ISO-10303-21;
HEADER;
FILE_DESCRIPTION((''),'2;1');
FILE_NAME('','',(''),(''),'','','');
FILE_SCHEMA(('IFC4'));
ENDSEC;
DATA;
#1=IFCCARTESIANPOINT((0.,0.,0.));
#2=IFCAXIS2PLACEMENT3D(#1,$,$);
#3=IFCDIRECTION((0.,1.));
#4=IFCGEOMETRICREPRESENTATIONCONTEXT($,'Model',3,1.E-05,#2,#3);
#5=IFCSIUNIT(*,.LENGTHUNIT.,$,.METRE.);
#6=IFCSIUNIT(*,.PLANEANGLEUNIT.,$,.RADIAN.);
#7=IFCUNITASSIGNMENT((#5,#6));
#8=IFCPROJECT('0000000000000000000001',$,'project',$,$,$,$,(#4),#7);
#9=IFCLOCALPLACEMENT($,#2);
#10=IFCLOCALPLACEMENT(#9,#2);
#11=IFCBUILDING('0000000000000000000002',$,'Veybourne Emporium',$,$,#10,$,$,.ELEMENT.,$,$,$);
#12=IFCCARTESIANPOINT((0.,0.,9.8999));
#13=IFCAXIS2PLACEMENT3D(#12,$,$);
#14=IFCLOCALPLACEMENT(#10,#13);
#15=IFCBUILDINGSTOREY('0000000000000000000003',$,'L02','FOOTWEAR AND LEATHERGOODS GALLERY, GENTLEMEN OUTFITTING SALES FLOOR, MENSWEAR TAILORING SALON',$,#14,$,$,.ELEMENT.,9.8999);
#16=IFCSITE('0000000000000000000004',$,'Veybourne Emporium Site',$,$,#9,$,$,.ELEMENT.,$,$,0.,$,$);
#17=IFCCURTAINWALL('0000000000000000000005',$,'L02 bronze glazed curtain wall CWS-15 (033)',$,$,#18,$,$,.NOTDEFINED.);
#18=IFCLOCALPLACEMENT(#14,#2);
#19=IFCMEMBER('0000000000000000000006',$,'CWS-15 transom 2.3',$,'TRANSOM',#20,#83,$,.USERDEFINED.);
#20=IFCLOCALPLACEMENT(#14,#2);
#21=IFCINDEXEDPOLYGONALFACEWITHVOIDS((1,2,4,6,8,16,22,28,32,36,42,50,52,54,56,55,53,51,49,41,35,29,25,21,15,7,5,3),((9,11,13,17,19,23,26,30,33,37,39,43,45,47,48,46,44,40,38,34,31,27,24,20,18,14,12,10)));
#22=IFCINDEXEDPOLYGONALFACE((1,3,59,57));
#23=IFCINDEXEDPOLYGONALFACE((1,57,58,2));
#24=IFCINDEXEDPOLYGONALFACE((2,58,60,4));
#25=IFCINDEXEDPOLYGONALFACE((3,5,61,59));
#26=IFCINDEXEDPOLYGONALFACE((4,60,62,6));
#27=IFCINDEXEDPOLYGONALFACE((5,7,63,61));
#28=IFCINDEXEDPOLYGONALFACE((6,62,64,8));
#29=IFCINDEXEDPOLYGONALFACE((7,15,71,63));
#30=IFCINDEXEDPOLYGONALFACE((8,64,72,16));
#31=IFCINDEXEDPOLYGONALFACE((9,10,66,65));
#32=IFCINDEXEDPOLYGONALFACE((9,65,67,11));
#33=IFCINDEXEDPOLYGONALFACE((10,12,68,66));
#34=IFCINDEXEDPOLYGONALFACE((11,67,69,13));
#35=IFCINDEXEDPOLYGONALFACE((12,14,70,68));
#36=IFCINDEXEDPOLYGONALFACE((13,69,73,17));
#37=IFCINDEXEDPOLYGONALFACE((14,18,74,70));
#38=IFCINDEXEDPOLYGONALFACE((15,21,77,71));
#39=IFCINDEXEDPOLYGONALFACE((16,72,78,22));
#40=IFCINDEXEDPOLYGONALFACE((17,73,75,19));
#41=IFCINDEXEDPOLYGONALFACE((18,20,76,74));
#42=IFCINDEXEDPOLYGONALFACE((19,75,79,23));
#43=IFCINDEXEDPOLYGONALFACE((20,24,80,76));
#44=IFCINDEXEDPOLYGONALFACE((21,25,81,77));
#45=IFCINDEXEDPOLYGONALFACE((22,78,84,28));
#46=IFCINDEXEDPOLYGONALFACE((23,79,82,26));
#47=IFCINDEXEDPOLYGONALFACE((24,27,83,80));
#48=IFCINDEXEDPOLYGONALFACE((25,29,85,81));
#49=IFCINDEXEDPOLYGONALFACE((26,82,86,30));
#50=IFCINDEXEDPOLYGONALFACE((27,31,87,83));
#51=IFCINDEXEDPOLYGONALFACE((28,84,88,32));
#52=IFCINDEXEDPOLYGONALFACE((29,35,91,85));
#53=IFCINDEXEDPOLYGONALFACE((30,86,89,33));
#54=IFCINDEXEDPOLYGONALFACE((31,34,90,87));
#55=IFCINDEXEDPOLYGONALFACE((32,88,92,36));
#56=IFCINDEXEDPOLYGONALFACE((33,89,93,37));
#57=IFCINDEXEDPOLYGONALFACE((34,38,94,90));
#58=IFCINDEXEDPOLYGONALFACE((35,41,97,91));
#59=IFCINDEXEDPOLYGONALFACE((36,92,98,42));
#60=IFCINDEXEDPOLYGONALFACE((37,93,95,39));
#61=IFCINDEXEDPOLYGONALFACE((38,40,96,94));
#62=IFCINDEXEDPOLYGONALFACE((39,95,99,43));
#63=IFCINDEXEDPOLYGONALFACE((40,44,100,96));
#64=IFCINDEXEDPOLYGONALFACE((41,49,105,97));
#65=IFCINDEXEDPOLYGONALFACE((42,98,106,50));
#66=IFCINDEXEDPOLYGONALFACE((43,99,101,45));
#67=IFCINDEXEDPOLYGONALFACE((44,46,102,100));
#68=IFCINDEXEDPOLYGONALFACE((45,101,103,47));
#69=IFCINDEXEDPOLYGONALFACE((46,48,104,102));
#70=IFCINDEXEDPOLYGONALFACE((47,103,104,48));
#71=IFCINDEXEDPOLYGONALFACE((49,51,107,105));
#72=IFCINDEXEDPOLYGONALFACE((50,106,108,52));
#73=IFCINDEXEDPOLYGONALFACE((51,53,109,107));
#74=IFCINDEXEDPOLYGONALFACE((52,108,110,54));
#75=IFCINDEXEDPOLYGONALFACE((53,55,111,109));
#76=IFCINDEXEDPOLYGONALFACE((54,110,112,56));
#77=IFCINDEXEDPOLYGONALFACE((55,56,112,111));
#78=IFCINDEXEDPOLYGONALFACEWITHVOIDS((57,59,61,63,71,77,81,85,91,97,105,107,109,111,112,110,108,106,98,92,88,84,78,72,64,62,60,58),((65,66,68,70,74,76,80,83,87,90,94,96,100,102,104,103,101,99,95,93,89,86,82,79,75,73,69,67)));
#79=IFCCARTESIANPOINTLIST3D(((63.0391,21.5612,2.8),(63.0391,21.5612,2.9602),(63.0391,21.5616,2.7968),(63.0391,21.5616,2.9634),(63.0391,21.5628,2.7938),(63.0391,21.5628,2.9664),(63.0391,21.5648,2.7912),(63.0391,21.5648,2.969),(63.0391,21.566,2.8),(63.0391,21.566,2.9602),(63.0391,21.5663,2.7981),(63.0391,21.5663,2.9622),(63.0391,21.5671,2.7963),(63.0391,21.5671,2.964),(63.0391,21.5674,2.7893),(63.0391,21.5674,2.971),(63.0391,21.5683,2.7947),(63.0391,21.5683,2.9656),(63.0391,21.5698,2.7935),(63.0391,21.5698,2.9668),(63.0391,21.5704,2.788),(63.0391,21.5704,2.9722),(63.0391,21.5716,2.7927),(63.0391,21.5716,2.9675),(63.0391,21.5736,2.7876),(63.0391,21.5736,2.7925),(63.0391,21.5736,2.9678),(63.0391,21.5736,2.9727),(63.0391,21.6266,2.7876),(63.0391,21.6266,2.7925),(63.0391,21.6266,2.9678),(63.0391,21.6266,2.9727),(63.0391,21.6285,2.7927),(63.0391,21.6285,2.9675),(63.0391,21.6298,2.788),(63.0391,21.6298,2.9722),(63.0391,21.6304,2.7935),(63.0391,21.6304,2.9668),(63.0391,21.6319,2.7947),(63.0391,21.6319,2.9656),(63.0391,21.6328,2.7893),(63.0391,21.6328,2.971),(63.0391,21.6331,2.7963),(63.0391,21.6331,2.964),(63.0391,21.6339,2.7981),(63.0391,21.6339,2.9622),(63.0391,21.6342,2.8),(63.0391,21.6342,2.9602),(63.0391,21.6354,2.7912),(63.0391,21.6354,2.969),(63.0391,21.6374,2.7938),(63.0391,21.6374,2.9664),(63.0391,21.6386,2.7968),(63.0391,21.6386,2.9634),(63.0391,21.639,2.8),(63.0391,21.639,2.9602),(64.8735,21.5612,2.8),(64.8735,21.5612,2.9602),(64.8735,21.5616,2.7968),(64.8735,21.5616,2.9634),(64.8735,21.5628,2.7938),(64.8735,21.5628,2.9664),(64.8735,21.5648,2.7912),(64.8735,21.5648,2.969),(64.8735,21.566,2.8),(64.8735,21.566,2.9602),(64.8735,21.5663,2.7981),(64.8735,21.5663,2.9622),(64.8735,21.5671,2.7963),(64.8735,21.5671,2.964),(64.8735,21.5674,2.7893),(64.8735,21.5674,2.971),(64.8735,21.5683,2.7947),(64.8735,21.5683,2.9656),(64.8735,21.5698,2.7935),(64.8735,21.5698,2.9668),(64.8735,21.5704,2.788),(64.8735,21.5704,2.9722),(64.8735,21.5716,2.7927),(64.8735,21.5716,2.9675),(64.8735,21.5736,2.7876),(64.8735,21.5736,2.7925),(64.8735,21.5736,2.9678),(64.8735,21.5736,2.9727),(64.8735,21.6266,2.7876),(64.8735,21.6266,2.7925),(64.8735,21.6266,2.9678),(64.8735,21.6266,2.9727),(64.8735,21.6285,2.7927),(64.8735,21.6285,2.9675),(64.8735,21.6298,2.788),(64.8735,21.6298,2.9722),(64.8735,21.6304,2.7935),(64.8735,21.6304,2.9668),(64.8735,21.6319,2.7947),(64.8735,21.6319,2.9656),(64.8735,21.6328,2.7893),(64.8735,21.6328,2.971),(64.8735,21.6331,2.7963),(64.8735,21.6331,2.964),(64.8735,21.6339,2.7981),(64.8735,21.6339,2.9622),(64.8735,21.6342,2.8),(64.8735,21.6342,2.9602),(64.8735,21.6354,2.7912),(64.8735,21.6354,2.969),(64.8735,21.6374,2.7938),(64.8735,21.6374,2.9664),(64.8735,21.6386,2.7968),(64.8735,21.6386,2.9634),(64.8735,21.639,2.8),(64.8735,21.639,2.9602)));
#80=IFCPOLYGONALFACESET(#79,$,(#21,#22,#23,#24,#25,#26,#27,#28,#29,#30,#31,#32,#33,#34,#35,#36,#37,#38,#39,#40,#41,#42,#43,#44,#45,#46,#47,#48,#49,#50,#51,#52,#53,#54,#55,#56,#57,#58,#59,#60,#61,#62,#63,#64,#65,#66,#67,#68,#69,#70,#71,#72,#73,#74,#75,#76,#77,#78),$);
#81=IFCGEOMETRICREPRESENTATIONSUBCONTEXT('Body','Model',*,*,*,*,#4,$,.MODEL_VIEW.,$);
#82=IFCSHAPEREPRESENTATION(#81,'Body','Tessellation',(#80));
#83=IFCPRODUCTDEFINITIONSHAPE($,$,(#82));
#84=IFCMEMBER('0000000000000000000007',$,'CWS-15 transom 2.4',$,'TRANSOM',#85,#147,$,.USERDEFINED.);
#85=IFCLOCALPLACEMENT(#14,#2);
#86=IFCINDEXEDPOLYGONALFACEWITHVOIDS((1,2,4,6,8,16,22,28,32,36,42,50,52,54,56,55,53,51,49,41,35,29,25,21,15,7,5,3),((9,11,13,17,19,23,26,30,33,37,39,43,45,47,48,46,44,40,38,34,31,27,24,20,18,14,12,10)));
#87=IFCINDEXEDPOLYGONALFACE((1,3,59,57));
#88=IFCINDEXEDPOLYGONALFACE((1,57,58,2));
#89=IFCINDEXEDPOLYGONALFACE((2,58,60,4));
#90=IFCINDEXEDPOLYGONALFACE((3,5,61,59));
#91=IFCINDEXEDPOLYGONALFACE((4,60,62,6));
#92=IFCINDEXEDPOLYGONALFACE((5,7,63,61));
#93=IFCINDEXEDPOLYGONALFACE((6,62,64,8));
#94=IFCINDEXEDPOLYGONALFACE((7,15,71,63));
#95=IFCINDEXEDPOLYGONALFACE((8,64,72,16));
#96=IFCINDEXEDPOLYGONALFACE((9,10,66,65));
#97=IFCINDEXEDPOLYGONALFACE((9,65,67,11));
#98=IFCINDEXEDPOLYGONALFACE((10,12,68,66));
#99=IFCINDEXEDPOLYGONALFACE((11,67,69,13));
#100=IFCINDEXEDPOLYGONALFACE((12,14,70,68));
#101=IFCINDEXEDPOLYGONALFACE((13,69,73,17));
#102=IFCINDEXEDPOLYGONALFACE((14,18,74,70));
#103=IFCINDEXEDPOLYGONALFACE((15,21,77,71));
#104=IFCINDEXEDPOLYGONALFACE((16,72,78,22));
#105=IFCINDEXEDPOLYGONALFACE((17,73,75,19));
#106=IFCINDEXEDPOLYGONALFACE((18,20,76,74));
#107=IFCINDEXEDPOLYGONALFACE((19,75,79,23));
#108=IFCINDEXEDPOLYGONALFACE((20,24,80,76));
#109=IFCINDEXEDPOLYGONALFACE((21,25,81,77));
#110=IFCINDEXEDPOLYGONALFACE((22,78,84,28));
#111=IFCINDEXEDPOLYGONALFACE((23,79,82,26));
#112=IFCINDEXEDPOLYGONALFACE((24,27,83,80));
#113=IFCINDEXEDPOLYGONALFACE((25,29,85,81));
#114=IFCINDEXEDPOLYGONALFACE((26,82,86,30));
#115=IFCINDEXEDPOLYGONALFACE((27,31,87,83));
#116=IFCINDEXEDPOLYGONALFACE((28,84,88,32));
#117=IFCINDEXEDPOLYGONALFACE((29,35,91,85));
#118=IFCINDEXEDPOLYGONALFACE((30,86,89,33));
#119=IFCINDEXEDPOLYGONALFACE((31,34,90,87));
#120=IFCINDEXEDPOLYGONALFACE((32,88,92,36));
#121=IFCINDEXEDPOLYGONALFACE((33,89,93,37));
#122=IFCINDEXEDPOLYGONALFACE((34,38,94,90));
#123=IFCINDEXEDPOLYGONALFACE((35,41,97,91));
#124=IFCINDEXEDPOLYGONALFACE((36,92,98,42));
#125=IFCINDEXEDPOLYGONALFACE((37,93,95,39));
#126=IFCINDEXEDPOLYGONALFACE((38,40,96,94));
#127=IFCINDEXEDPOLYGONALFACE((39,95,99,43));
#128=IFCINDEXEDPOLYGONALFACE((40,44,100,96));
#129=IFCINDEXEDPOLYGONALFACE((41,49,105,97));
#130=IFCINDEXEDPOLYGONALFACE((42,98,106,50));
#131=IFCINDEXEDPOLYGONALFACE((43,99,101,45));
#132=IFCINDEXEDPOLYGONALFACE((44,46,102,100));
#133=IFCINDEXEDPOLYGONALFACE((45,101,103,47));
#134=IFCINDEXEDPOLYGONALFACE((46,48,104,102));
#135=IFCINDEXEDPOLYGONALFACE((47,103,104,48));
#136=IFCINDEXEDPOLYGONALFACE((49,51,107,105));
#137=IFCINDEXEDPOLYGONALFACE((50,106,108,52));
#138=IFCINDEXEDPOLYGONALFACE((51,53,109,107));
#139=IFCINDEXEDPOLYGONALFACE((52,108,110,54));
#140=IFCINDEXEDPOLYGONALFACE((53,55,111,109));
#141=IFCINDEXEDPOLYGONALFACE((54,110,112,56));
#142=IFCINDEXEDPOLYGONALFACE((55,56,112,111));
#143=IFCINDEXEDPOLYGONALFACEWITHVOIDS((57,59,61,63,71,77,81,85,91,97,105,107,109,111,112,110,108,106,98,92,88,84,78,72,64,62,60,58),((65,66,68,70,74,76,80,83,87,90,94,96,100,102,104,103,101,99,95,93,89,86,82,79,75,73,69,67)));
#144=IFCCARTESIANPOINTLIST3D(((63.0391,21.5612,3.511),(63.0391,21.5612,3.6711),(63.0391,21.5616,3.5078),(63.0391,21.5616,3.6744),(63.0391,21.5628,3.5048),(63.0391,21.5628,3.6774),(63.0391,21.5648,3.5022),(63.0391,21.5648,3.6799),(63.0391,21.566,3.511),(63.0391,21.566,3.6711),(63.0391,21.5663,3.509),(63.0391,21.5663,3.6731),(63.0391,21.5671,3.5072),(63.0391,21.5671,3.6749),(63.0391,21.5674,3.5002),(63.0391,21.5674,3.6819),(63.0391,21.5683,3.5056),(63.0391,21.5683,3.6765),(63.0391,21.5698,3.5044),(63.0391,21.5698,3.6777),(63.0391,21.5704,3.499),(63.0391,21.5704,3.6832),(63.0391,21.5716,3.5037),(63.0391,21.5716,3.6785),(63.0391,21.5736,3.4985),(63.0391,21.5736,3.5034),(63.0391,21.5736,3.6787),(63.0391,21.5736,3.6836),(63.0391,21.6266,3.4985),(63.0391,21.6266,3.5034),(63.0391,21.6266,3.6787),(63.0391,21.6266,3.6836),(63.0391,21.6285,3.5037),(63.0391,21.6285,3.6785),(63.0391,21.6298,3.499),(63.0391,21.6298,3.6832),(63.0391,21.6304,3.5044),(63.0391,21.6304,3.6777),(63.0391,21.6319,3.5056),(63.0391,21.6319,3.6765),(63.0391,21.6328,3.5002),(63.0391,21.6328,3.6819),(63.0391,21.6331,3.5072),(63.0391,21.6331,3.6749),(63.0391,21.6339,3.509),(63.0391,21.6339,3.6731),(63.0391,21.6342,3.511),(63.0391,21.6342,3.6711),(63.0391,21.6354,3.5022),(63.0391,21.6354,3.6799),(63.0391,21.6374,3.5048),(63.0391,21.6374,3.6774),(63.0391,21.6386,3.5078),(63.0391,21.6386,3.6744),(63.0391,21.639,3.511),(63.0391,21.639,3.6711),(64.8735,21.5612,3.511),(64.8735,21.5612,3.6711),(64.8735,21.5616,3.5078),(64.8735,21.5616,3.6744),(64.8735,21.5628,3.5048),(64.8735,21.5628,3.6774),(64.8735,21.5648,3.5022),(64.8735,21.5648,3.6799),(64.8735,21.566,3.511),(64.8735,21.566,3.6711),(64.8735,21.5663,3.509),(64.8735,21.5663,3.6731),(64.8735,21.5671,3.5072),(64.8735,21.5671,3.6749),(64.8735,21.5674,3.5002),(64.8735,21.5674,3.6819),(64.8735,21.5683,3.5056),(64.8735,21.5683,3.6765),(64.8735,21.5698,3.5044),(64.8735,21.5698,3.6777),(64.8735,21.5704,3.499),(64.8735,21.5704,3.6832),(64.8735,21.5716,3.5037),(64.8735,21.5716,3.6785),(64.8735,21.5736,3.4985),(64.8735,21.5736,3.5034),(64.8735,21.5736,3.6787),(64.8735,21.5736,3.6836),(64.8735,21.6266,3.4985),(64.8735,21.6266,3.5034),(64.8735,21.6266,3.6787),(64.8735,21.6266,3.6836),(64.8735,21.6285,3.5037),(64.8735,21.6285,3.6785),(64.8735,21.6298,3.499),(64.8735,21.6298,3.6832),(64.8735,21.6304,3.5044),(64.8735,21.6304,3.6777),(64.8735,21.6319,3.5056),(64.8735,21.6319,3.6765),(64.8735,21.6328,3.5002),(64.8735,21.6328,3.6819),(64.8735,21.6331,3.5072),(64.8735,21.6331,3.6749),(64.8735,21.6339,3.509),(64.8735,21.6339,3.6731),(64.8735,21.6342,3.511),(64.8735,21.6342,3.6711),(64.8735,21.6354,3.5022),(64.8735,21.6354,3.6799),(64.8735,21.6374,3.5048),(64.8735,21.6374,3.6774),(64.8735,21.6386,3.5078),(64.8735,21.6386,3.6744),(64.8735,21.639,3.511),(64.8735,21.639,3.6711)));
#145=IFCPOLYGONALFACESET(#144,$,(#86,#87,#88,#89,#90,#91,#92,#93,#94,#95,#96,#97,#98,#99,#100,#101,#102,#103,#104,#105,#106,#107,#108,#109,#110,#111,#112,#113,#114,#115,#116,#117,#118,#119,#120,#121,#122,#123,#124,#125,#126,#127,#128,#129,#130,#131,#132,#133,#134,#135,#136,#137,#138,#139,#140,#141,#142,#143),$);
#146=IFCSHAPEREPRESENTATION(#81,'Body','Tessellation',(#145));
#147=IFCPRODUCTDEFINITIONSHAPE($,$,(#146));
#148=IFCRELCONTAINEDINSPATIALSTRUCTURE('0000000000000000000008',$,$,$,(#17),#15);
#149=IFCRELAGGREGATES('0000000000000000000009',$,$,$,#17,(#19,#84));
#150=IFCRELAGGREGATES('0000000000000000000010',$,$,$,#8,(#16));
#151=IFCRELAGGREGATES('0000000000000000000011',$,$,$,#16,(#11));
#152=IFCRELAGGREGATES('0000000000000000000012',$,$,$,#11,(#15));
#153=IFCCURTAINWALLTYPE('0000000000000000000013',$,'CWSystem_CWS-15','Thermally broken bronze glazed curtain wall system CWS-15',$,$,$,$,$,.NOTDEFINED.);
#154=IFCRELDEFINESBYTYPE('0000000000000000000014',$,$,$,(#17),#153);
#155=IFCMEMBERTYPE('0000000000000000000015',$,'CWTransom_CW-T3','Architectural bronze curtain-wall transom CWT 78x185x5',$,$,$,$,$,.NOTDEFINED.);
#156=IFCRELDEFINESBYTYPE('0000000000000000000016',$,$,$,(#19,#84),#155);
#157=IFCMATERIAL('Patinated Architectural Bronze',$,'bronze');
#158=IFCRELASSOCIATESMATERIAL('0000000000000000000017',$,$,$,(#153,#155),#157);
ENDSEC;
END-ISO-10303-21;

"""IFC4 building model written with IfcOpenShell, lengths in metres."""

from ifc_helpers import new_model, si_unit, direction, frame, origin, origin_2d, place, context, subcontext, project, spatial, hollow_rectangle, extrude, material, material_profile, profile_set, type_object, element, aggregate, save


model = new_model("IFC4")

# Units and contexts
model_context = context("Model", 3, precision=1e-05, world=origin(), true_north=direction((0.0, 1.0)))
body_context = subcontext(model_context, "Body", "Model", "MODEL_VIEW")
ifc_project = project(units=[si_unit("LENGTHUNIT", "METRE"), si_unit("PLANEANGLEUNIT", "RADIAN")], contexts=[model_context])

# Site, building, storey
site_placement = place(None, origin())
site = spatial("IfcSite", under=ifc_project, at=site_placement, Name="Veybourne Emporium Site", CompositionType="ELEMENT", RefElevation=0.0)
building_placement = place(site_placement, origin())
building = spatial("IfcBuilding", under=site, at=building_placement, Name="Veybourne Emporium", CompositionType="ELEMENT")
storey_placement = place(building_placement, frame((0.0, 0.0, 9.8999)))
storey = spatial("IfcBuildingStorey", under=building, at=storey_placement, Name="L02", Description="FOOTWEAR AND LEATHERGOODS GALLERY, GENTLEMEN OUTFITTING SALES FLOOR, MENSWEAR TAILORING SALON", CompositionType="ELEMENT", Elevation=9.8999)

# Curtain wall
ifc_material_1 = material(Name="Patinated Architectural Bronze", Category="bronze")
curtain_wall_type_1 = type_object("IfcCurtainWallType", Name="CWSystem_CWS-15", Description="Thermally broken bronze glazed curtain wall system CWS-15", PredefinedType="NOTDEFINED", material=ifc_material_1)
curtain_wall_1_placement = place(storey_placement, origin())
curtain_wall_1 = element("IfcCurtainWall", 1, at=curtain_wall_1_placement, inside=storey, type_object=curtain_wall_type_1, Name="L02 bronze glazed curtain wall CWS-15 (033)", PredefinedType="NOTDEFINED")

# Members
ifc_material_profile_1 = material_profile(ifc_material_1, hollow_rectangle(XDim=0.0779, YDim=0.1851, WallThickness=0.0049, InnerFilletRadius=0.0076, OuterFilletRadius=0.0125, at=origin_2d()), Name="CWT 78x185x5")
ifc_profile_set_1 = profile_set([ifc_material_profile_1], Name="Patinated Architectural Bronze")
member_type_1 = type_object("IfcMemberType", Name="CWTransom_CW-T3", Description="Architectural bronze curtain-wall transom CWT 78x185x5", PredefinedType="NOTDEFINED", material=ifc_profile_set_1)
member_1_placement = place(storey_placement, frame((64.8735, 21.6001, 2.8801), z_axis=(-1.0, 0.0, 0.0), x_axis=(0.0, -1.0, 0.0)))
member_1 = element("IfcMember", 2, at=member_1_placement, type_object=member_type_1, Name="CWS-15 transom 2.3", ObjectType="TRANSOM", PredefinedType="USERDEFINED", context=body_context, shape_type="SweptSolid", body=[
    extrude(hollow_rectangle(XDim=0.0779, YDim=0.1851, WallThickness=0.0049, InnerFilletRadius=0.0076, OuterFilletRadius=0.0125, at=origin_2d()), origin(), (0.0, 0.0, 1.0), 1.8345),
])
member_2_placement = place(storey_placement, frame((64.8735, 21.6001, 3.5911), z_axis=(-1.0, 0.0, 0.0), x_axis=(0.0, -1.0, 0.0)))
member_2 = element("IfcMember", 3, at=member_2_placement, type_object=member_type_1, Name="CWS-15 transom 2.4", ObjectType="TRANSOM", PredefinedType="USERDEFINED", context=body_context, shape_type="SweptSolid", body=[
    extrude(hollow_rectangle(XDim=0.0779, YDim=0.1851, WallThickness=0.0049, InnerFilletRadius=0.0076, OuterFilletRadius=0.0125, at=origin_2d()), origin(), (0.0, 0.0, 1.0), 1.8345),
])

aggregate(curtain_wall_1, [member_1, member_2])

save(model, "model.ifc")
